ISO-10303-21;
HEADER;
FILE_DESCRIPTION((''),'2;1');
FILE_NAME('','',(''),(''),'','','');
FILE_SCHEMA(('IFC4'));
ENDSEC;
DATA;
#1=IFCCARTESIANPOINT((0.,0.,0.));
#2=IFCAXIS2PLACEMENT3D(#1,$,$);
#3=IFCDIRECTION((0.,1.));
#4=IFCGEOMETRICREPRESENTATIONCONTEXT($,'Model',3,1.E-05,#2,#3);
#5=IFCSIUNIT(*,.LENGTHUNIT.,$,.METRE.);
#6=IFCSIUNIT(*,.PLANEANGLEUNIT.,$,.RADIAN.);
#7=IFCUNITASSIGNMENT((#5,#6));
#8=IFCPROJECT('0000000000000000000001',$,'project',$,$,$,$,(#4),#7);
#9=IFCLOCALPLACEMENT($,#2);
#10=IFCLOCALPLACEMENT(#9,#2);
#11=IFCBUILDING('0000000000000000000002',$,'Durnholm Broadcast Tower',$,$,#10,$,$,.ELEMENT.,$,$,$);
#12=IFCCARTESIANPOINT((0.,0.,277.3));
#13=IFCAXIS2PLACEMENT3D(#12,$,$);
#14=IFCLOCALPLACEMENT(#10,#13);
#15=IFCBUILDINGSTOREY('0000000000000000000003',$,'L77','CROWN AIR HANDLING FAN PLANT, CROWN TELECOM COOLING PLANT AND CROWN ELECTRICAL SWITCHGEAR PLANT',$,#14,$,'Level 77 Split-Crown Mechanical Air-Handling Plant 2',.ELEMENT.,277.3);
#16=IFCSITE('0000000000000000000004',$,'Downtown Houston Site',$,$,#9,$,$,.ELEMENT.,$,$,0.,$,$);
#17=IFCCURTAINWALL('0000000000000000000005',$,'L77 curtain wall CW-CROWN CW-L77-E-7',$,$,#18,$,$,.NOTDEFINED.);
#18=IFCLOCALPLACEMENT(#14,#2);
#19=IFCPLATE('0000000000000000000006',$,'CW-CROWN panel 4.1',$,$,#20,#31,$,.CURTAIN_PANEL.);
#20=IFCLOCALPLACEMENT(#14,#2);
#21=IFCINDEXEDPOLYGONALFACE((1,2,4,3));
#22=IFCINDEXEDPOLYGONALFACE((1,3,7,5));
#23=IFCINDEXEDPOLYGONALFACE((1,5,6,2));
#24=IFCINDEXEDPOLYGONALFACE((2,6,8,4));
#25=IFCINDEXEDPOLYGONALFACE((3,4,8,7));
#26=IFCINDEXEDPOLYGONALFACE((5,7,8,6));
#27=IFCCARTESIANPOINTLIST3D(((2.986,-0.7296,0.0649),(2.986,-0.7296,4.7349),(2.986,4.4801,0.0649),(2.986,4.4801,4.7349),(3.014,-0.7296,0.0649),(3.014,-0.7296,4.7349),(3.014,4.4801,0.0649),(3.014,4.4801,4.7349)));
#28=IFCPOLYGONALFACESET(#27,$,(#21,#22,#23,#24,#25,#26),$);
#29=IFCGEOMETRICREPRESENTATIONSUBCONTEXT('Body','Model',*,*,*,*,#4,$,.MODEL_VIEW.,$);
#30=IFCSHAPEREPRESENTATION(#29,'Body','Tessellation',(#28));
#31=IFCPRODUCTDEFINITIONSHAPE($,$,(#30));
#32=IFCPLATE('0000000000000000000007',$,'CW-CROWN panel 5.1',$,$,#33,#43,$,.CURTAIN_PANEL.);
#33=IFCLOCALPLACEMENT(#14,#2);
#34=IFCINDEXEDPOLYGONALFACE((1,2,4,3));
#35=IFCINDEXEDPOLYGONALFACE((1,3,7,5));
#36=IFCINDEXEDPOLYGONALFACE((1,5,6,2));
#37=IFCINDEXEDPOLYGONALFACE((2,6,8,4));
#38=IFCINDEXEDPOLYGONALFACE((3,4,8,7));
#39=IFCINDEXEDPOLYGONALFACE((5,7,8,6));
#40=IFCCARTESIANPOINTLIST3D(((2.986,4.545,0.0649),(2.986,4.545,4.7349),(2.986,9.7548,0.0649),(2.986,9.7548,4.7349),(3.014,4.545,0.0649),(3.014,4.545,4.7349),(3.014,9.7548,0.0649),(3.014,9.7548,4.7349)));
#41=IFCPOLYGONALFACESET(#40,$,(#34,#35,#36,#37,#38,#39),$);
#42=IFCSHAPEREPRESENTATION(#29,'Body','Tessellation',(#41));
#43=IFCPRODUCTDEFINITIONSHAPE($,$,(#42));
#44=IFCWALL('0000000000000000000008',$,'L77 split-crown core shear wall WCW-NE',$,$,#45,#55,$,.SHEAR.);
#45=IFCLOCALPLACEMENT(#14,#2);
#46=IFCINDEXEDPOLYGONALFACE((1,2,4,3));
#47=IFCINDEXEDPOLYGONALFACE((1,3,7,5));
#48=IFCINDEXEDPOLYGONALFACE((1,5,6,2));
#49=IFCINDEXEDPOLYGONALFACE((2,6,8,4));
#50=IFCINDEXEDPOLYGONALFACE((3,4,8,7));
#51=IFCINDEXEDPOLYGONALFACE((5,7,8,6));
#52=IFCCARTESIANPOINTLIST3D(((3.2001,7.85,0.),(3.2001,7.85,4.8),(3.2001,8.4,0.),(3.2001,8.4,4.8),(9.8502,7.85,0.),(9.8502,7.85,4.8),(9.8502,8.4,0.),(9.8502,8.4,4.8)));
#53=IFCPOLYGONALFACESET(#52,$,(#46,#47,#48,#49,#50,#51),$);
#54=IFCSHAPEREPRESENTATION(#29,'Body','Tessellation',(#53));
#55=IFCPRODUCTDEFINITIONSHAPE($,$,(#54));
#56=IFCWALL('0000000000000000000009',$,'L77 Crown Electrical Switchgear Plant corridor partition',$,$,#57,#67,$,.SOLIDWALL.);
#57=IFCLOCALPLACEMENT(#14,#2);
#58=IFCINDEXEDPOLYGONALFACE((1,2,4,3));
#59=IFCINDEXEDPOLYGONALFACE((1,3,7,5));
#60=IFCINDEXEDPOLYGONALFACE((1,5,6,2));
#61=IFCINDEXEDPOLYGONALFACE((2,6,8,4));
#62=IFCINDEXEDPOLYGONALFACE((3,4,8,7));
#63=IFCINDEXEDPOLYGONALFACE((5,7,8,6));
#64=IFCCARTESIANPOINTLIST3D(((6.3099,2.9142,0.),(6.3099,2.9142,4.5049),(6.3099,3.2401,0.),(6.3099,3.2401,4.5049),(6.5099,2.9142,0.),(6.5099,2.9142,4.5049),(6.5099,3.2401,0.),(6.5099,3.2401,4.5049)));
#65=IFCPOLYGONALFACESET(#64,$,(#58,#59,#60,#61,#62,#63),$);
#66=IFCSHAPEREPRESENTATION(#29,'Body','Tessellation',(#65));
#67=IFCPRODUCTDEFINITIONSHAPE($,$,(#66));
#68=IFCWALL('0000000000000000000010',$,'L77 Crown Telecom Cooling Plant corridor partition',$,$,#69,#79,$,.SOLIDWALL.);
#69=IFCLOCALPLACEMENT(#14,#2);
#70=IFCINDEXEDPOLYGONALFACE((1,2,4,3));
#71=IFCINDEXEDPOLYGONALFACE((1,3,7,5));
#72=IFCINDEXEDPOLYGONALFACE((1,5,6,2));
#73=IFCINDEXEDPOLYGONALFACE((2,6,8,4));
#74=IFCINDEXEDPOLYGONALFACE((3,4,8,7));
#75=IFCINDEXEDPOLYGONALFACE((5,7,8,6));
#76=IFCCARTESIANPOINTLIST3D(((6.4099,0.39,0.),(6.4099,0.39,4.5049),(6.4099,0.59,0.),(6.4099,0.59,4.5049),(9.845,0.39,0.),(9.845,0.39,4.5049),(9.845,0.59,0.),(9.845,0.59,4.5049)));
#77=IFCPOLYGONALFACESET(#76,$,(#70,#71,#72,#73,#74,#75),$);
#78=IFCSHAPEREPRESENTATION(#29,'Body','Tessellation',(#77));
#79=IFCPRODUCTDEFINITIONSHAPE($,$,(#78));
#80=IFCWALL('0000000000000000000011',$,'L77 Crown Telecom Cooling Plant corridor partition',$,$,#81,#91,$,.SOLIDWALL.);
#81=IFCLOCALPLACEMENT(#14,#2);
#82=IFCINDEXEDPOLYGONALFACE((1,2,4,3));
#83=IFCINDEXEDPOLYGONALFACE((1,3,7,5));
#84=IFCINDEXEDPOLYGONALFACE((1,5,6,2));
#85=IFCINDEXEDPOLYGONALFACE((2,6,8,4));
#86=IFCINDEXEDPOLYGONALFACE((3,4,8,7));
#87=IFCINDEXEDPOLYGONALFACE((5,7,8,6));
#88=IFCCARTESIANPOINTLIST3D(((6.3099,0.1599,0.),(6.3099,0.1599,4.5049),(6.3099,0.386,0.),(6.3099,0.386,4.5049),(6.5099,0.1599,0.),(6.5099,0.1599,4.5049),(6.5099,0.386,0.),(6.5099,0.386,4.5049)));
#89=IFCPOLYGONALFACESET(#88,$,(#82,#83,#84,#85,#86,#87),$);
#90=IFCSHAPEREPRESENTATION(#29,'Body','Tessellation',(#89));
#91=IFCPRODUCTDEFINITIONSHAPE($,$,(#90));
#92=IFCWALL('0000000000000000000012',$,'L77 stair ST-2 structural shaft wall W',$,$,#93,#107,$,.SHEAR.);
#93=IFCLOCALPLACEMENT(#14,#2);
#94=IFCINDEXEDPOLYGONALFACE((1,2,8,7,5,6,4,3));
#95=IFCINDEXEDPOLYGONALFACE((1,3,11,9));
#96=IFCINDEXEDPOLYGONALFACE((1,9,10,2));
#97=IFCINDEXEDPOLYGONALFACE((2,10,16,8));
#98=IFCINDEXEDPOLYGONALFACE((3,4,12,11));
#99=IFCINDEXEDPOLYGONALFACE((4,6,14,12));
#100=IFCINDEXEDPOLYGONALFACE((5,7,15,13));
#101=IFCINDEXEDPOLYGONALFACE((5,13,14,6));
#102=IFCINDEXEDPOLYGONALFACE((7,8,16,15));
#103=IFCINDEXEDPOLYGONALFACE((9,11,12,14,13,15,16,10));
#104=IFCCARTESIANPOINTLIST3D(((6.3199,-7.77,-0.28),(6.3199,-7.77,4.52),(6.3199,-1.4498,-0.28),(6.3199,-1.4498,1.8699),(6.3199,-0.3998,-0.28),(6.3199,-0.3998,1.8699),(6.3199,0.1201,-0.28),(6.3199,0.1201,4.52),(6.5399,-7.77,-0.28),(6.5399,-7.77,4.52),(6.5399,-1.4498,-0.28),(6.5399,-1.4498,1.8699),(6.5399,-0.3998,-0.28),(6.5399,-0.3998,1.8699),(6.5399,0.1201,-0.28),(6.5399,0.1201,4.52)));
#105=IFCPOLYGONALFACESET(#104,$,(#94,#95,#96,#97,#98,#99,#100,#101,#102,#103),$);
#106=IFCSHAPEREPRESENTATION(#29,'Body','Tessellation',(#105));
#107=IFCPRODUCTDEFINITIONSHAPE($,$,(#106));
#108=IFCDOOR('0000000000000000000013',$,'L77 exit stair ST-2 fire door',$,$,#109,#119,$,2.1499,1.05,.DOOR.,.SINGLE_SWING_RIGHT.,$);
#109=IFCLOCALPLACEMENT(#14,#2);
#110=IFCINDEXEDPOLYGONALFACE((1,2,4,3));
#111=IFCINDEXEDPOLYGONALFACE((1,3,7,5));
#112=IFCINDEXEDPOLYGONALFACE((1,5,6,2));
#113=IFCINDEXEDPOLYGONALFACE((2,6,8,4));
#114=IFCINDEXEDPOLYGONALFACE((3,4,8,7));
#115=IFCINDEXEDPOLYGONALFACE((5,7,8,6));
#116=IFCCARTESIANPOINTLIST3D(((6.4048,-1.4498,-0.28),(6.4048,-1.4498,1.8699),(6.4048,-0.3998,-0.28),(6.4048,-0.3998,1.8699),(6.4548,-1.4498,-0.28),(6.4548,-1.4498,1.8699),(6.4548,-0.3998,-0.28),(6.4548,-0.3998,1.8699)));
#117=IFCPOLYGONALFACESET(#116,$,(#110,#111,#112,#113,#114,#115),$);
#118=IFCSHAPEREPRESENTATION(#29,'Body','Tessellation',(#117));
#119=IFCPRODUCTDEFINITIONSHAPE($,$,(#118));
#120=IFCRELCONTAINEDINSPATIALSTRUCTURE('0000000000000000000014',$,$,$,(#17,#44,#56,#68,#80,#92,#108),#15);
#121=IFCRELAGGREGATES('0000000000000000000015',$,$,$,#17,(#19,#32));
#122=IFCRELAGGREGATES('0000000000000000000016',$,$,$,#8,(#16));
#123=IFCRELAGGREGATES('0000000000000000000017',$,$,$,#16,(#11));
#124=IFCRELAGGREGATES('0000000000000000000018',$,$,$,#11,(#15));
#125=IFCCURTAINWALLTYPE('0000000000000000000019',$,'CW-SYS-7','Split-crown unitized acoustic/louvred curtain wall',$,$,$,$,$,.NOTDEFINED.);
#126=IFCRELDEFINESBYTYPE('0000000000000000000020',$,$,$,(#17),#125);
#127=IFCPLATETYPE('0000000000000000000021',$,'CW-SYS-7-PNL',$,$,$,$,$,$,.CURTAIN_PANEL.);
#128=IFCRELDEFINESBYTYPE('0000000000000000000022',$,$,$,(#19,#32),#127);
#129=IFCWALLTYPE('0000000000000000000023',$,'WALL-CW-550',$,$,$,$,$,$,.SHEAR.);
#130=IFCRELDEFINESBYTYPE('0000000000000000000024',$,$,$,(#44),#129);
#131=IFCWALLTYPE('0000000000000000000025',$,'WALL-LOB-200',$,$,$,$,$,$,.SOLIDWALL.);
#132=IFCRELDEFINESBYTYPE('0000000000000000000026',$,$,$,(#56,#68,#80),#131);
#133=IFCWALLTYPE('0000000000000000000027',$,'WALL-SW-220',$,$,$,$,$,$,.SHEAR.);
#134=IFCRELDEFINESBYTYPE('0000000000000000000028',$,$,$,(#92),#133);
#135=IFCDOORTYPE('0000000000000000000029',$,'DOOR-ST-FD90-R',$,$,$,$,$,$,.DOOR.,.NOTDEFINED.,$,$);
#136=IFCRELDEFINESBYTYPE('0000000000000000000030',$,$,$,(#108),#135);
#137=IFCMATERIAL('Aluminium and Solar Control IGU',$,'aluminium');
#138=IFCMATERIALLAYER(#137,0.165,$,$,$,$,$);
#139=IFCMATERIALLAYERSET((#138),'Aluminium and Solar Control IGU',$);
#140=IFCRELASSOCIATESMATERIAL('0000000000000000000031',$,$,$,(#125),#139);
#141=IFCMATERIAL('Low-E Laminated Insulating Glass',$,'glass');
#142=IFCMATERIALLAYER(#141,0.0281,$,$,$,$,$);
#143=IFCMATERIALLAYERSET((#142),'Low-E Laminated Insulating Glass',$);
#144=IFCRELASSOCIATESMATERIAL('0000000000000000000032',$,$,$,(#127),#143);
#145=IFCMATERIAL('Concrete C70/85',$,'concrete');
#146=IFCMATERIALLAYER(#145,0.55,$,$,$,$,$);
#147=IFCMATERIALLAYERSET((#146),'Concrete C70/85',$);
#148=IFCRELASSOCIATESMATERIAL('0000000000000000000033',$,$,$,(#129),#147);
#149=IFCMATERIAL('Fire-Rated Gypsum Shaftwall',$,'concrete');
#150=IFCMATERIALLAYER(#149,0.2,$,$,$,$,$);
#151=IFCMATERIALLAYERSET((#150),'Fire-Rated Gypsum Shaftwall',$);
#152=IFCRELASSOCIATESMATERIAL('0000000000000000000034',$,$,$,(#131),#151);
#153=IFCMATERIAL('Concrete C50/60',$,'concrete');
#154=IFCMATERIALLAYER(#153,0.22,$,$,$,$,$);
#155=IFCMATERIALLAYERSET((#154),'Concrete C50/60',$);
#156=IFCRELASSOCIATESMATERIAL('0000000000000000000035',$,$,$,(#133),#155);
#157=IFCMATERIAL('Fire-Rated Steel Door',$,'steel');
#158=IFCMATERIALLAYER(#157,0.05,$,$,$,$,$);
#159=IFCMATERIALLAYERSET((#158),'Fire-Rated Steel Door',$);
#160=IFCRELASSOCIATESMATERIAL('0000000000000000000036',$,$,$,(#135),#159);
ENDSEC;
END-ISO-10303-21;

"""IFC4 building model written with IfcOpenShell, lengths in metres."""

from ifc_helpers import new_model, si_unit, direction, frame, frame_2d, origin, origin_2d, place, context, subcontext, project, spatial, rectangle, extrude, source, transform, mapped, material, layer, layer_set, type_object, type_shapes, element, fill, aggregate, save


model = new_model("IFC4")

# Units and contexts
model_context = context("Model", 3, precision=1e-05, world=origin(), true_north=direction((0.0, 1.0)))
body_context = subcontext(model_context, "Body", "Model", "MODEL_VIEW")
ifc_project = project(units=[si_unit("LENGTHUNIT", "METRE"), si_unit("PLANEANGLEUNIT", "RADIAN")], contexts=[model_context])

# Site, building, storey
site_placement = place(None, origin())
site = spatial("IfcSite", under=ifc_project, at=site_placement, Name="Downtown Houston Site", CompositionType="ELEMENT", RefElevation=0.0)
building_placement = place(site_placement, origin())
building = spatial("IfcBuilding", under=site, at=building_placement, Name="Durnholm Broadcast Tower", CompositionType="ELEMENT")
storey_placement = place(building_placement, frame((0.0, 0.0, 277.3)))
storey = spatial("IfcBuildingStorey", under=building, at=storey_placement, Name="L77", Description="CROWN AIR HANDLING FAN PLANT, CROWN TELECOM COOLING PLANT AND CROWN ELECTRICAL SWITCHGEAR PLANT", LongName="Level 77 Split-Crown Mechanical Air-Handling Plant 2", CompositionType="ELEMENT", Elevation=277.3)

# Curtain wall
ifc_material_1 = material(Name="Aluminium and Solar Control IGU", Category="aluminium")
ifc_layer_1 = layer(ifc_material_1, 0.165)
ifc_layer_set_1 = layer_set([ifc_layer_1], Name="Aluminium and Solar Control IGU")
curtain_wall_type = type_object("IfcCurtainWallType", Name="CW-SYS-7", Description="Split-crown unitized acoustic/louvred curtain wall", PredefinedType="NOTDEFINED", material=ifc_layer_set_1)
curtain_wall_placement = place(storey_placement, origin())
curtain_wall = element("IfcCurtainWall", 1, at=curtain_wall_placement, inside=storey, type_object=curtain_wall_type, Name="L77 curtain wall CW-CROWN CW-L77-E-7", PredefinedType="NOTDEFINED")

# Shared definitions
ifc_material_2 = material(Name="Concrete C50/60", Category="concrete")

# Plates
ifc_material_3 = material(Name="Low-E Laminated Insulating Glass", Category="glass")
ifc_layer_2 = layer(ifc_material_3, 0.0281)
ifc_layer_set_2 = layer_set([ifc_layer_2], Name="Low-E Laminated Insulating Glass")
plate_type_1 = type_object("IfcPlateType", Name="CW-SYS-7-PNL", PredefinedType="CURTAIN_PANEL", material=ifc_layer_set_2)
shared_shape_1 = source(origin(), body_context, "Body", "SweptSolid", [
    extrude(rectangle(XDim=5.2097, YDim=0.0281, at=origin_2d()), origin(), (0.0, 0.0, 1.0), 4.6699),
])
plate_1_placement = place(storey_placement, frame((3.0, 1.8752, 0.0649), z_axis=(0.0, 0.0, 1.0), x_axis=(0.0, 1.0, 0.0)))
plate_1 = element("IfcPlate", 2, at=plate_1_placement, type_object=plate_type_1, Name="CW-CROWN panel 4.1", PredefinedType="CURTAIN_PANEL", context=body_context, shape_type="MappedRepresentation", body=[
    mapped(shared_shape_1, transform((0.0, 0.0, 0.0), x_axis=(1.0, 0.0, 0.0), y_axis=(0.0, 1.0, 0.0), z_axis=(0.0, 0.0, 1.0), scale=1.0)),
])
plate_2_placement = place(storey_placement, frame((3.0, 7.1499, 0.0649), z_axis=(0.0, 0.0, 1.0), x_axis=(0.0, 1.0, 0.0)))
plate_2 = element("IfcPlate", 3, at=plate_2_placement, type_object=plate_type_1, Name="CW-CROWN panel 5.1", PredefinedType="CURTAIN_PANEL", context=body_context, shape_type="MappedRepresentation", body=[
    mapped(shared_shape_1, transform((0.0, 0.0, 0.0), x_axis=(1.0, 0.0, 0.0), y_axis=(0.0, 1.0, 0.0), z_axis=(0.0, 0.0, 1.0), scale=1.0)),
])
aggregate(curtain_wall, [plate_1, plate_2])

# Walls
ifc_material_4 = material(Name="Concrete C70/85", Category="concrete")
ifc_layer_3 = layer(ifc_material_4, 0.55)
ifc_layer_set_3 = layer_set([ifc_layer_3], Name="Concrete C70/85")
wall_type_1 = type_object("IfcWallType", Name="WALL-CW-550", PredefinedType="SHEAR", material=ifc_layer_set_3)
wall_1_placement = place(storey_placement, frame((3.2, 8.125, 0.0), z_axis=(0.0, 0.0, 1.0), x_axis=(1.0, 0.0, 0.0)))
element("IfcWall", 4, at=wall_1_placement, inside=storey, type_object=wall_type_1, Name="L77 split-crown core shear wall WCW-NE", PredefinedType="SHEAR", context=body_context, shape_type="SweptSolid", body=[
    extrude(rectangle(XDim=6.6501, YDim=0.55, at=frame_2d((3.3252, 0.0))), origin(), (0.0, 0.0, 1.0), 4.8),
])
ifc_material_5 = material(Name="Fire-Rated Gypsum Shaftwall", Category="concrete")
ifc_layer_4 = layer(ifc_material_5, 0.2)
ifc_layer_set_4 = layer_set([ifc_layer_4], Name="Fire-Rated Gypsum Shaftwall")
wall_type_2 = type_object("IfcWallType", Name="WALL-LOB-200", PredefinedType="SOLIDWALL", material=ifc_layer_set_4)
wall_2_placement = place(storey_placement, frame((6.4099, 2.9141, 0.0), z_axis=(0.0, 0.0, 1.0), x_axis=(0.0, 1.0, 0.0)))
element("IfcWall", 5, at=wall_2_placement, inside=storey, type_object=wall_type_2, Name="L77 Crown Electrical Switchgear Plant corridor partition", PredefinedType="SOLIDWALL", context=body_context, shape_type="SweptSolid", body=[
    extrude(rectangle(XDim=0.3259, YDim=0.2, at=frame_2d((0.1631, 0.0))), origin(), (0.0, 0.0, 1.0), 4.5049),
])
wall_3_placement = place(storey_placement, frame((6.4099, 0.49, 0.0), z_axis=(0.0, 0.0, 1.0), x_axis=(1.0, 0.0, 0.0)))
element("IfcWall", 6, at=wall_3_placement, inside=storey, type_object=wall_type_2, Name="L77 Crown Telecom Cooling Plant corridor partition", PredefinedType="SOLIDWALL", context=body_context, shape_type="SweptSolid", body=[
    extrude(rectangle(XDim=3.4351, YDim=0.2, at=frame_2d((1.7175, 0.0))), origin(), (0.0, 0.0, 1.0), 4.5049),
])
wall_4_placement = place(storey_placement, frame((6.4099, 0.1599, 0.0), z_axis=(0.0, 0.0, 1.0), x_axis=(0.0, 1.0, 0.0)))
element("IfcWall", 7, at=wall_4_placement, inside=storey, type_object=wall_type_2, Name="L77 Crown Telecom Cooling Plant corridor partition", PredefinedType="SOLIDWALL", context=body_context, shape_type="SweptSolid", body=[
    extrude(rectangle(XDim=0.2261, YDim=0.2, at=frame_2d((0.113, 0.0))), origin(), (0.0, 0.0, 1.0), 4.5049),
])

# Wall, opening, door
ifc_layer_5 = layer(ifc_material_2, 0.22)
ifc_layer_set_5 = layer_set([ifc_layer_5], Name="Concrete C50/60")
wall_type_3 = type_object("IfcWallType", Name="WALL-SW-220", PredefinedType="SHEAR", material=ifc_layer_set_5)
wall_5_placement = place(storey_placement, frame((6.4299, 0.1201, -0.28), z_axis=(0.0, 0.0, 1.0), x_axis=(0.0, -1.0, 0.0)))
wall_5 = element("IfcWall", 8, at=wall_5_placement, inside=storey, type_object=wall_type_3, Name="L77 stair ST-2 structural shaft wall W", PredefinedType="SHEAR", context=body_context, shape_type="SweptSolid", body=[
    extrude(rectangle(XDim=7.8901, YDim=0.22, at=frame_2d((3.9451, 0.0))), origin(), (0.0, 0.0, 1.0), 4.8),
])
opening_placement = place(wall_5_placement, frame((0.52, 0.0, 0.0)))
opening = element("IfcOpeningElement", 9, at=opening_placement, cuts=wall_5, PredefinedType="OPENING", context=body_context, shape_type="SweptSolid", body=[
    extrude(rectangle(XDim=1.05, YDim=2.1499, at=frame_2d((0.5249, 1.075))), frame((0.0, 0.1201, 0.0), z_axis=(0.0, -1.0, 0.0), x_axis=(1.0, 0.0, 0.0)), (0.0, 0.0, 1.0), 0.24),
])
ifc_material_6 = material(Name="Fire-Rated Steel Door", Category="steel")
ifc_layer_6 = layer(ifc_material_6, 0.05)
ifc_layer_set_6 = layer_set([ifc_layer_6], Name="Fire-Rated Steel Door")
door_type = type_object("IfcDoorType", Name="DOOR-ST-FD90-R", OperationType="NOTDEFINED", PredefinedType="DOOR", material=ifc_layer_set_6)
shared_shape_2 = source(origin(), body_context, "Body", "SweptSolid", [
    extrude(rectangle(XDim=1.05, YDim=2.1499, at=frame_2d((0.5249, 1.075))), frame((0.0, 0.0249, 0.0), z_axis=(0.0, -1.0, 0.0), x_axis=(1.0, 0.0, 0.0)), (0.0, 0.0, 1.0), 0.05),
])
type_shapes(door_type, [shared_shape_2])
door_placement = place(opening_placement, origin())
door = element("IfcDoor", 10, at=door_placement, inside=storey, type_object=door_type, Name="L77 exit stair ST-2 fire door", OperationType="SINGLE_SWING_RIGHT", OverallHeight=2.1499, OverallWidth=1.05, PredefinedType="DOOR", context=body_context, shape_type="MappedRepresentation", body=[
    mapped(shared_shape_2, transform((0.0, 0.0, 0.0), x_axis=(1.0, 0.0, 0.0), y_axis=(0.0, 1.0, 0.0), z_axis=(0.0, 0.0, 1.0), scale=1.0)),
])
fill(opening, door)

save(model, "model.ifc")
